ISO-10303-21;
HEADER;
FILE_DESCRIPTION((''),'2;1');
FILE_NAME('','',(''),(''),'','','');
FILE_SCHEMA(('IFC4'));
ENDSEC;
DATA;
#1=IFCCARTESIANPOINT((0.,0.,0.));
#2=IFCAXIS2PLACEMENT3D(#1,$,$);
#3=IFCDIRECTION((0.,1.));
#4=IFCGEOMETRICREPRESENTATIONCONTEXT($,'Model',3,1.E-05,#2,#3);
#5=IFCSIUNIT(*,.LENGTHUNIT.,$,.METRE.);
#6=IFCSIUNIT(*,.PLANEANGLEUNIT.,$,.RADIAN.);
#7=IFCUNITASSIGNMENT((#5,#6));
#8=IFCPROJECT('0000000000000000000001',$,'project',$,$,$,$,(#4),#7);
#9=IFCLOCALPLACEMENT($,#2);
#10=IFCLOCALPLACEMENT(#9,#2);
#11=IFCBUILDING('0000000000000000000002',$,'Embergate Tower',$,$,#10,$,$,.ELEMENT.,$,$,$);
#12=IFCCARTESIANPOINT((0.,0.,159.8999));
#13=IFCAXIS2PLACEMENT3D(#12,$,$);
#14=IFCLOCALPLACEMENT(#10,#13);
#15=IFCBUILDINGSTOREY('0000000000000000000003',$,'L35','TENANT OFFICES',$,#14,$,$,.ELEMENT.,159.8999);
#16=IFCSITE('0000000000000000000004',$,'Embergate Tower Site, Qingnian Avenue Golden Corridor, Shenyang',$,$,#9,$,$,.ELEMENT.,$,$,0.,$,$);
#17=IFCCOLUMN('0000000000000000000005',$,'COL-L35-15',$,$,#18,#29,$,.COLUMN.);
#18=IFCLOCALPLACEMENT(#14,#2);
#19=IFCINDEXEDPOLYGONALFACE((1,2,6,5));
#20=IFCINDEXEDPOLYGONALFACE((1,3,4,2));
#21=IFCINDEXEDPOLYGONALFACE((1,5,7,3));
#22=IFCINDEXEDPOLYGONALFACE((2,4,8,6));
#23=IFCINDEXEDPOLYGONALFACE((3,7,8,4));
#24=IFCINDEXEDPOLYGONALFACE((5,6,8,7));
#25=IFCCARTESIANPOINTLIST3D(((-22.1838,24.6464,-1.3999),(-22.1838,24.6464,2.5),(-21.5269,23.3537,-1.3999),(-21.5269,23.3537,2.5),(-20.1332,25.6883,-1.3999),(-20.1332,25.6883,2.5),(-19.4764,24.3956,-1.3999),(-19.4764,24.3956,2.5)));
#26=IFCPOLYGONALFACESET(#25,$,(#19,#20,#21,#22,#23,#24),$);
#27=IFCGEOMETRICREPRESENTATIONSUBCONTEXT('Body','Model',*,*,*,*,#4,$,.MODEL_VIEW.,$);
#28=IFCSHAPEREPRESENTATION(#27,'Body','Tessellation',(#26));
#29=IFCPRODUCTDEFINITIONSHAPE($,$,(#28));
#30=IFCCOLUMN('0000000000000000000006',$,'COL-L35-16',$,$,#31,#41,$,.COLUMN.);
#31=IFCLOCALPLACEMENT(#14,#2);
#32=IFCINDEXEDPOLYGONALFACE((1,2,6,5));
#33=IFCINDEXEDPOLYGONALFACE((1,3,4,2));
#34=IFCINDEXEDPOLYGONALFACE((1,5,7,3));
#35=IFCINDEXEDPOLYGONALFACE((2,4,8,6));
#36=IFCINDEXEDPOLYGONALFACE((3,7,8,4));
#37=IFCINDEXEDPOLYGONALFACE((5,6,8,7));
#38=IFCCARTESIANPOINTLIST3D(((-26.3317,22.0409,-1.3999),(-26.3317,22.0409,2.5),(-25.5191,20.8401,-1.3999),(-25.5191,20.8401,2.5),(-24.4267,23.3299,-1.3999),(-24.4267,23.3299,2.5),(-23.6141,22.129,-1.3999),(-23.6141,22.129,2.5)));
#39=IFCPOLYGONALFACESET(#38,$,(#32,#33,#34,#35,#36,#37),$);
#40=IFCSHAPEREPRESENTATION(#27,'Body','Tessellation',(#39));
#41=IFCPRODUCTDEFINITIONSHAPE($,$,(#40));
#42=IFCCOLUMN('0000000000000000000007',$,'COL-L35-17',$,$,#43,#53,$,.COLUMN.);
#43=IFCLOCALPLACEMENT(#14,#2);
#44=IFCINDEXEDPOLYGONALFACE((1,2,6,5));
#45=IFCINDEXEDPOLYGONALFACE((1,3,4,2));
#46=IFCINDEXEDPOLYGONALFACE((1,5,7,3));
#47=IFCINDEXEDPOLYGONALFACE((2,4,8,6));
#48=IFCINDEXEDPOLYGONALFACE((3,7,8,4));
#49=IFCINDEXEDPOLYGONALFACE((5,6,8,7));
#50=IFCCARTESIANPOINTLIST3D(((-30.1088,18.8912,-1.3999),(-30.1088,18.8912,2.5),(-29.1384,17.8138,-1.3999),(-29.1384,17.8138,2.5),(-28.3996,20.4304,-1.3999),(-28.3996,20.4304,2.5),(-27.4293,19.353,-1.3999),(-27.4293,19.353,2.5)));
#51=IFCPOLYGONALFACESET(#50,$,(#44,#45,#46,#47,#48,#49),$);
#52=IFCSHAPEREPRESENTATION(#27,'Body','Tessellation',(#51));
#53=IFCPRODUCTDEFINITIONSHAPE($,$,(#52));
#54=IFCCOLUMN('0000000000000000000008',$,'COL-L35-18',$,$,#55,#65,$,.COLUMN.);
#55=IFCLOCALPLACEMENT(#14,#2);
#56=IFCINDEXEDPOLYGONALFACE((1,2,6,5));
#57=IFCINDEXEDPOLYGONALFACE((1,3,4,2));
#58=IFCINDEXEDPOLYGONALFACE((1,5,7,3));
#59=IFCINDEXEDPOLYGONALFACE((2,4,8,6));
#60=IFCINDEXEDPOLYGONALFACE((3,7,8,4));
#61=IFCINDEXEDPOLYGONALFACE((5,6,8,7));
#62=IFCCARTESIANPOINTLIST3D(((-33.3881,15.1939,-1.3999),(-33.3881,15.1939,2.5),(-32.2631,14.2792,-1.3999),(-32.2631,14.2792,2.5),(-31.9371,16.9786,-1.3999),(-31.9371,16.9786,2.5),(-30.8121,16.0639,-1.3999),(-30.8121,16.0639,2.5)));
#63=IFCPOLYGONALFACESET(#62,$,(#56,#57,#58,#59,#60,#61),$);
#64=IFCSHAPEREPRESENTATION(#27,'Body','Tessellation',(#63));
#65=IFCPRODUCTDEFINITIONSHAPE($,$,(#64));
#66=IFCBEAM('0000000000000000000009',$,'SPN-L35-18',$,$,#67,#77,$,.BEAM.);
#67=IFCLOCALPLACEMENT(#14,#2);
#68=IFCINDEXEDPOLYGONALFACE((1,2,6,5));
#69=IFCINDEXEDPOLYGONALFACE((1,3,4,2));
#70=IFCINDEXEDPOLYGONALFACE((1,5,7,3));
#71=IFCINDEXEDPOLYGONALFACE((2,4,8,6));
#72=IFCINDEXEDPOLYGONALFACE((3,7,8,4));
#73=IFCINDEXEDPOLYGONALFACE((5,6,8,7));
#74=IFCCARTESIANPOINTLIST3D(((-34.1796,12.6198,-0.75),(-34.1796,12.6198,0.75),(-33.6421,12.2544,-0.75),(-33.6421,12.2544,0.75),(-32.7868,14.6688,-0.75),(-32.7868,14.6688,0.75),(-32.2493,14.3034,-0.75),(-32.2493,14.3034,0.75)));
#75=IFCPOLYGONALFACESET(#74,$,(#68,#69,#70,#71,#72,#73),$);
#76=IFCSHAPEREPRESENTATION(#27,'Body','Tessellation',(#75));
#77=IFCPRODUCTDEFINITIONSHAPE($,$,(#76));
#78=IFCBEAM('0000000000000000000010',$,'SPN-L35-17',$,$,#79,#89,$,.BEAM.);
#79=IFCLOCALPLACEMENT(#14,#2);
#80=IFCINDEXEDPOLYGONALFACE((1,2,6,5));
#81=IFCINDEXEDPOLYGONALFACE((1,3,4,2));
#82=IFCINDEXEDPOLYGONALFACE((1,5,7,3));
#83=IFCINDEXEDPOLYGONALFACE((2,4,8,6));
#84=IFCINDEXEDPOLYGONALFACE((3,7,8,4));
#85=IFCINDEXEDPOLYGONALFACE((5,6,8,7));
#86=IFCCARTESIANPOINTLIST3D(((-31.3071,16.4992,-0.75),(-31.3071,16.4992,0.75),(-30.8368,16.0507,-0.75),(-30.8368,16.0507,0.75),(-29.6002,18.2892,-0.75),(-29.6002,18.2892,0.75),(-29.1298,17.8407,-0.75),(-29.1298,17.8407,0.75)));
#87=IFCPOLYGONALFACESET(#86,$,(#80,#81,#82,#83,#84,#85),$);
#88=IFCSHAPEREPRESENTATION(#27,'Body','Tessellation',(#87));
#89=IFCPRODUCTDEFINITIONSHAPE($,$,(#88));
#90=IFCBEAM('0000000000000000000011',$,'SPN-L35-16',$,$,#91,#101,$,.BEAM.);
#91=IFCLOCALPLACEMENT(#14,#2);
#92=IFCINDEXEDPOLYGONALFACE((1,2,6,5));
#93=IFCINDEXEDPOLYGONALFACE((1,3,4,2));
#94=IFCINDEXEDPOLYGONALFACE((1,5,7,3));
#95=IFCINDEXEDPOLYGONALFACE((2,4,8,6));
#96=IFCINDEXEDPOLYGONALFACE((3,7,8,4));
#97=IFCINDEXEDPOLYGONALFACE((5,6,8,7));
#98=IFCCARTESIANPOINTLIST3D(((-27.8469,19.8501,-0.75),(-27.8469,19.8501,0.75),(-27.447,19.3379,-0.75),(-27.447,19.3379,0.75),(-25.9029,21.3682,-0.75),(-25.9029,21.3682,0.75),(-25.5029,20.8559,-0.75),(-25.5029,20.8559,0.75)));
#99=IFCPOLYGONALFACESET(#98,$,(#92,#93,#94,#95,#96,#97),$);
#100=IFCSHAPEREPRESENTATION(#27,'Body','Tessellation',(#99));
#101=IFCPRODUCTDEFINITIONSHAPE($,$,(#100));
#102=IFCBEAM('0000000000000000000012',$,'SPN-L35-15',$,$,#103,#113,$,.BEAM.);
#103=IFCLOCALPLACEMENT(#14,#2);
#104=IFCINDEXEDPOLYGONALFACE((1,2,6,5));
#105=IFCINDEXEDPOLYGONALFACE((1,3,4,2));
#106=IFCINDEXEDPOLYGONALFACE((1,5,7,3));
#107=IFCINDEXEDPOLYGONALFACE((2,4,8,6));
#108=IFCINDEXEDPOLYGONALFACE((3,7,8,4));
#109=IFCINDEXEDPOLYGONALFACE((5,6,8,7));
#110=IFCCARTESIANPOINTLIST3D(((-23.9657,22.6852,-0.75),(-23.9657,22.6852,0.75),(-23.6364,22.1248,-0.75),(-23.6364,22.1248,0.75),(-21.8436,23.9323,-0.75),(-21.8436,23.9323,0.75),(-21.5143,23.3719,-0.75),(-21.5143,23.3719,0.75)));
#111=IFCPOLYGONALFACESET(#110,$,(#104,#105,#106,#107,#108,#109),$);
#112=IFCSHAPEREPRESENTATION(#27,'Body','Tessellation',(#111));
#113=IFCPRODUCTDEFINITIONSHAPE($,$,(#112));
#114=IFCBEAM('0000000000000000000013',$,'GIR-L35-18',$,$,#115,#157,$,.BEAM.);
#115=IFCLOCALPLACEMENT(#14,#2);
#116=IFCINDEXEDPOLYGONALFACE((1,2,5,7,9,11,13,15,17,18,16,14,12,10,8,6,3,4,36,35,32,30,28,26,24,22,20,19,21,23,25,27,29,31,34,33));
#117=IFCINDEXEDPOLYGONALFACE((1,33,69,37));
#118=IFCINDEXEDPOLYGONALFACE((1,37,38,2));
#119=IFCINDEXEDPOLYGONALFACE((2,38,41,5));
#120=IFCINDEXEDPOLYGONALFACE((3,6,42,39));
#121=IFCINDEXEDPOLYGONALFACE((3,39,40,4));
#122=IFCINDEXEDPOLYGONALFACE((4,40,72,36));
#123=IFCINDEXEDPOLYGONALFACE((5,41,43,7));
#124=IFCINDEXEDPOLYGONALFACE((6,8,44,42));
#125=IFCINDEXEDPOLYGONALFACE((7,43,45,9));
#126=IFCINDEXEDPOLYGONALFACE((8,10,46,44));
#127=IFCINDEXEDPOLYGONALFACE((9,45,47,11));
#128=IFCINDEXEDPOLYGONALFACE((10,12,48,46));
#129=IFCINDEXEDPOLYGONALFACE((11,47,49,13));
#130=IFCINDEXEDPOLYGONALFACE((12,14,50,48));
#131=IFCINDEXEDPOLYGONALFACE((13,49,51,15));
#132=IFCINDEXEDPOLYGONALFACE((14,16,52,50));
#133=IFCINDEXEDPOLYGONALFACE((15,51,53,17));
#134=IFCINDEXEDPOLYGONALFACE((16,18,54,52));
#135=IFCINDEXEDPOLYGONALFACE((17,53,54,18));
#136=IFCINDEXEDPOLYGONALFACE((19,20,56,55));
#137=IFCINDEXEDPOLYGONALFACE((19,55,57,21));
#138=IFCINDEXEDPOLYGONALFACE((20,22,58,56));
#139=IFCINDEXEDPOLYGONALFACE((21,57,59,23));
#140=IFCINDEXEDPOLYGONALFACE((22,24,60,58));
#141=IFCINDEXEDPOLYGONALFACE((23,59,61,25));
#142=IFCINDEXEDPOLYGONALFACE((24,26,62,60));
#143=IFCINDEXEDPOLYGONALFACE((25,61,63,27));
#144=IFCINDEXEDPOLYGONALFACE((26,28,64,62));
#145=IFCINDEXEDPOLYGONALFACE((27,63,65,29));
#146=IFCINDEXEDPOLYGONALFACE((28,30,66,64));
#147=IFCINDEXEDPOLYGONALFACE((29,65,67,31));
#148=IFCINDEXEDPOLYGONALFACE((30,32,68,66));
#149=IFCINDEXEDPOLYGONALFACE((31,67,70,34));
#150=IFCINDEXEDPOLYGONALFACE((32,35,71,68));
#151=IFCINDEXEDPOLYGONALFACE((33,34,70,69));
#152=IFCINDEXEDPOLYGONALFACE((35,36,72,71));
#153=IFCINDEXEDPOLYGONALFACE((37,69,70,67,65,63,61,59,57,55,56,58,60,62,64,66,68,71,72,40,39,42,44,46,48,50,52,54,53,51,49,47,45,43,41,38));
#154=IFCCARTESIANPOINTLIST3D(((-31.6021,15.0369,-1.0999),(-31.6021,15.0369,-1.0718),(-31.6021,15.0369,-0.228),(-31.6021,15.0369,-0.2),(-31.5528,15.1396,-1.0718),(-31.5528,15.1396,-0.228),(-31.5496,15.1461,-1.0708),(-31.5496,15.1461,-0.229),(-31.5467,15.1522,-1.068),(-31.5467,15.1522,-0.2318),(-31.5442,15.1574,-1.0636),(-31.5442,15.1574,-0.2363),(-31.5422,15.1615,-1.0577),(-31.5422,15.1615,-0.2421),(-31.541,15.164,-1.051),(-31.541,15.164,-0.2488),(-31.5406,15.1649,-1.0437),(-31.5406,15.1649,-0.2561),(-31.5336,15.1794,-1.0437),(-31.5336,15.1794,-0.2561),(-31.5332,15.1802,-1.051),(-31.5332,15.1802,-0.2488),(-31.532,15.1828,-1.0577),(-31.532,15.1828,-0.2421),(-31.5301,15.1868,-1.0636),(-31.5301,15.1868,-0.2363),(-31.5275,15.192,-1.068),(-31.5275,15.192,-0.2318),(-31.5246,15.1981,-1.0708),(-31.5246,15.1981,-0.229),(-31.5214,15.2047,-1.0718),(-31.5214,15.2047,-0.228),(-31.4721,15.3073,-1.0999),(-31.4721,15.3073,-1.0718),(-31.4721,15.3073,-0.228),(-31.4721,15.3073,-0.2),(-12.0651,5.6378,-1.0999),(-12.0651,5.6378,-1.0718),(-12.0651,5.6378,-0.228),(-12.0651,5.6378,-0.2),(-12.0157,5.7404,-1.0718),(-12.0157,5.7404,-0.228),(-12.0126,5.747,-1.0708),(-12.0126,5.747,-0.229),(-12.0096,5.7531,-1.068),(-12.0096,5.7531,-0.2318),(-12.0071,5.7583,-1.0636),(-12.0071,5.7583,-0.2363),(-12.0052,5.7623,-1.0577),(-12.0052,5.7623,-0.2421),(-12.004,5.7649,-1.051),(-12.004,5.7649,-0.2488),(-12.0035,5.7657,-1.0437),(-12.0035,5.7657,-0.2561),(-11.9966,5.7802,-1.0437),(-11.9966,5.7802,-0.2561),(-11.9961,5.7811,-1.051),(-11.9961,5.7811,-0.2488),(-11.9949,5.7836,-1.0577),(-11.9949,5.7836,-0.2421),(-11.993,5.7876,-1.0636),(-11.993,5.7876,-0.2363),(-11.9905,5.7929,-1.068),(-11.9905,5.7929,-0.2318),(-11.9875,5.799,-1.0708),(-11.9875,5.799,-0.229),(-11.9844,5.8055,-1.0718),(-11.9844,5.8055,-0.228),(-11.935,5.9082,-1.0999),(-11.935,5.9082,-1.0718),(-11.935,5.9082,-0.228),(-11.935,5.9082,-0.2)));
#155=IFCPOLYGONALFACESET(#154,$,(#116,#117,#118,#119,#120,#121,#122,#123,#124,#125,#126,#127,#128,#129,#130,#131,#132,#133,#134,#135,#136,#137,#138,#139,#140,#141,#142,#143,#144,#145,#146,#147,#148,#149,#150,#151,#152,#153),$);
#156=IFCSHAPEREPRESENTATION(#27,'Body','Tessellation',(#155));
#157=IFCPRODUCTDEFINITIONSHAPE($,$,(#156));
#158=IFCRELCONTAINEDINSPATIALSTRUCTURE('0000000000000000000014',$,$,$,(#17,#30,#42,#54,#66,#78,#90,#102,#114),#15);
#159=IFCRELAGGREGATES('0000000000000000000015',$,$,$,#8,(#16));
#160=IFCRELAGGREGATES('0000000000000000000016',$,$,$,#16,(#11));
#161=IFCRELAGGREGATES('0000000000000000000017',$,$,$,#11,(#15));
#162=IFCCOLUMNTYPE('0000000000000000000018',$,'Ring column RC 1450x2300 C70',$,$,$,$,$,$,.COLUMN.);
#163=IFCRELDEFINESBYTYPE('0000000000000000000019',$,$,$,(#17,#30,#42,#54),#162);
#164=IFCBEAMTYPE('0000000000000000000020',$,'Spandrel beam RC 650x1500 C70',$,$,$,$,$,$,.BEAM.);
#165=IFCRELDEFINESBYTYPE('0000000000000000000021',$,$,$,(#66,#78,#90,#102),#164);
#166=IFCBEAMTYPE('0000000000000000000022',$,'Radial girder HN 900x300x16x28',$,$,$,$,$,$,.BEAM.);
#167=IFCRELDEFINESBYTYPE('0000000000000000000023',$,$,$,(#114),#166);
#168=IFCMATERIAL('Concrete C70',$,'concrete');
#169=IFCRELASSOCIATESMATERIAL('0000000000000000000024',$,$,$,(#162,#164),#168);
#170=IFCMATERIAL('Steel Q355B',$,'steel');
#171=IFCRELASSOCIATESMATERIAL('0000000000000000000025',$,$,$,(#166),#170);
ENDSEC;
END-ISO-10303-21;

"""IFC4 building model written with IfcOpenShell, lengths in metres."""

from ifc_helpers import new_model, si_unit, direction, frame, origin, origin_2d, place, context, subcontext, project, spatial, rectangle, i_section, extrude, source, transform, mapped, material, material_profile, profile_set, type_object, element, save


model = new_model("IFC4")

# Units and contexts
model_context = context("Model", 3, precision=1e-05, world=origin(), true_north=direction((0.0, 1.0)))
body_context = subcontext(model_context, "Body", "Model", "MODEL_VIEW")
ifc_project = project(units=[si_unit("LENGTHUNIT", "METRE"), si_unit("PLANEANGLEUNIT", "RADIAN")], contexts=[model_context])

# Site, building, storey
site_placement = place(None, origin())
site = spatial("IfcSite", under=ifc_project, at=site_placement, Name="Embergate Tower Site, Qingnian Avenue Golden Corridor, Shenyang", CompositionType="ELEMENT", RefElevation=0.0)
building_placement = place(site_placement, origin())
building = spatial("IfcBuilding", under=site, at=building_placement, Name="Embergate Tower", CompositionType="ELEMENT")
storey_placement = place(building_placement, frame((0.0, 0.0, 159.8999)))
storey = spatial("IfcBuildingStorey", under=building, at=storey_placement, Name="L35", Description="TENANT OFFICES", CompositionType="ELEMENT", Elevation=159.8999)

# Columns
ifc_material_1 = material(Name="Concrete C70", Category="concrete")
ifc_material_profile_1 = material_profile(ifc_material_1, rectangle(XDim=1.45, YDim=2.3, at=origin_2d()), Name="RC 1450x2300")
ifc_profile_set_1 = profile_set([ifc_material_profile_1], Name="Concrete C70")
column_type = type_object("IfcColumnType", Name="Ring column RC 1450x2300 C70", PredefinedType="COLUMN", material=ifc_profile_set_1)
shared_shape_1 = source(origin(), body_context, "Body", "SweptSolid", [
    extrude(rectangle(XDim=1.45, YDim=2.3, at=origin_2d()), origin(), (0.0, 0.0, 1.0), 3.8999),
])
for number, where, z_axis, x_axis, name in (
    (1, (-20.8301, 24.521, -1.3999), (0.0, 0.0, 1.0), (-0.452995, 0.891513, 0.0), "COL-L35-15"),
    (2, (-24.9729, 22.085, -1.3999), (0.0, 0.0, 1.0), (-0.560393, 0.828227, 0.0), "COL-L35-16"),
    (3, (-28.769, 19.1221, -1.3999), (0.0, 0.0, 1.0), (-0.669208, 0.743075, 0.0), "COL-L35-17"),
    (4, (-32.1001, 15.6289, -1.3999), (0.0, 0.0, 1.0), (-0.775914, 0.630838, 0.0), "COL-L35-18"),
):
    element("IfcColumn", number, at=place(storey_placement, frame(where, z_axis=z_axis, x_axis=x_axis)), inside=storey, type_object=column_type, Name=name, PredefinedType="COLUMN", context=body_context, shape_type="MappedRepresentation", body=[
        mapped(shared_shape_1, transform((0.0, 0.0, 0.0))),
    ])

# Beams
ifc_material_profile_2 = material_profile(ifc_material_1, rectangle(XDim=0.6499, YDim=1.5, at=origin_2d()), Name="RC 650x1500")
ifc_profile_set_2 = profile_set([ifc_material_profile_2], Name="Concrete C70")
beam_type_1 = type_object("IfcBeamType", Name="Spandrel beam RC 650x1500 C70", PredefinedType="BEAM", material=ifc_profile_set_2)
shared_shape_2 = source(origin(), body_context, "Body", "SweptSolid", [
    extrude(rectangle(XDim=0.6499, YDim=1.5, at=origin_2d()), origin(), (0.0, 0.0, 1.0), 2.4775),
])
beam_1_placement = place(storey_placement, frame((-32.5181, 14.4861, 0.0), z_axis=(-0.562159, -0.827029, 0.0), x_axis=(0.827029, -0.562159, 0.0)))
element("IfcBeam", 5, at=beam_1_placement, inside=storey, type_object=beam_type_1, Name="SPN-L35-18", PredefinedType="BEAM", context=body_context, shape_type="MappedRepresentation", body=[
    mapped(shared_shape_2, transform((0.0, 0.0, 0.0))),
])
shared_shape_3 = source(origin(), body_context, "Body", "SweptSolid", [
    extrude(rectangle(XDim=0.6499, YDim=1.5, at=origin_2d()), origin(), (0.0, 0.0, 1.0), 2.4734),
])
beam_2_placement = place(storey_placement, frame((-29.365, 18.0649, 0.0), z_axis=(-0.690128, -0.723687, 0.0), x_axis=(0.723687, -0.690128, 0.0)))
element("IfcBeam", 6, at=beam_2_placement, inside=storey, type_object=beam_type_1, Name="SPN-L35-17", PredefinedType="BEAM", context=body_context, shape_type="MappedRepresentation", body=[
    mapped(shared_shape_3, transform((0.0, 0.0, 0.0))),
])
shared_shape_4 = source(origin(), body_context, "Body", "SweptSolid", [
    extrude(rectangle(XDim=0.6499, YDim=1.5, at=origin_2d()), origin(), (0.0, 0.0, 1.0), 2.4666),
])
beam_3_placement = place(storey_placement, frame((-25.7029, 21.1121, 0.0), z_axis=(-0.788173, -0.615454, 0.0), x_axis=(0.615454, -0.788173, 0.0)))
element("IfcBeam", 7, at=beam_3_placement, inside=storey, type_object=beam_type_1, Name="SPN-L35-16", PredefinedType="BEAM", context=body_context, shape_type="MappedRepresentation", body=[
    mapped(shared_shape_4, transform((0.0, 0.0, 0.0))),
])
shared_shape_5 = source(origin(), body_context, "Body", "SweptSolid", [
    extrude(rectangle(XDim=0.6499, YDim=1.5, at=origin_2d()), origin(), (0.0, 0.0, 1.0), 2.4614),
])
beam_4_placement = place(storey_placement, frame((-21.679, 23.6521, 0.0), z_axis=(-0.862148, -0.506656, 0.0), x_axis=(0.506656, -0.862148, 0.0)))
element("IfcBeam", 8, at=beam_4_placement, inside=storey, type_object=beam_type_1, Name="SPN-L35-15", PredefinedType="BEAM", context=body_context, shape_type="MappedRepresentation", body=[
    mapped(shared_shape_5, transform((0.0, 0.0, 0.0))),
])
ifc_material_2 = material(Name="Steel Q355B", Category="steel")
ifc_material_profile_3 = material_profile(ifc_material_2, i_section(OverallWidth=0.3, OverallDepth=0.8999, WebThickness=0.0161, FlangeThickness=0.0281, FilletRadius=0.0281, at=origin_2d()), Name="HN 900x300x16x28")
ifc_profile_set_3 = profile_set([ifc_material_profile_3], Name="Steel Q355 grade B")
beam_type_2 = type_object("IfcBeamType", Name="Radial girder HN 900x300x16x28", PredefinedType="BEAM", material=ifc_profile_set_3)
shared_shape_6 = source(origin(), body_context, "Body", "SweptSolid", [
    extrude(i_section(OverallWidth=0.3, OverallDepth=0.8999, WebThickness=0.0161, FlangeThickness=0.0281, FilletRadius=0.0281, at=origin_2d()), origin(), (0.0, 0.0, 1.0), 21.6804),
])
beam_5_placement = place(storey_placement, frame((-31.5371, 15.1721, -0.6499), z_axis=(0.901138, -0.433532, 0.0), x_axis=(0.433532, 0.901138, 0.0)))
element("IfcBeam", 9, at=beam_5_placement, inside=storey, type_object=beam_type_2, Name="GIR-L35-18", PredefinedType="BEAM", context=body_context, shape_type="MappedRepresentation", body=[
    mapped(shared_shape_6, transform((0.0, 0.0, 0.0))),
])

save(model, "model.ifc")
